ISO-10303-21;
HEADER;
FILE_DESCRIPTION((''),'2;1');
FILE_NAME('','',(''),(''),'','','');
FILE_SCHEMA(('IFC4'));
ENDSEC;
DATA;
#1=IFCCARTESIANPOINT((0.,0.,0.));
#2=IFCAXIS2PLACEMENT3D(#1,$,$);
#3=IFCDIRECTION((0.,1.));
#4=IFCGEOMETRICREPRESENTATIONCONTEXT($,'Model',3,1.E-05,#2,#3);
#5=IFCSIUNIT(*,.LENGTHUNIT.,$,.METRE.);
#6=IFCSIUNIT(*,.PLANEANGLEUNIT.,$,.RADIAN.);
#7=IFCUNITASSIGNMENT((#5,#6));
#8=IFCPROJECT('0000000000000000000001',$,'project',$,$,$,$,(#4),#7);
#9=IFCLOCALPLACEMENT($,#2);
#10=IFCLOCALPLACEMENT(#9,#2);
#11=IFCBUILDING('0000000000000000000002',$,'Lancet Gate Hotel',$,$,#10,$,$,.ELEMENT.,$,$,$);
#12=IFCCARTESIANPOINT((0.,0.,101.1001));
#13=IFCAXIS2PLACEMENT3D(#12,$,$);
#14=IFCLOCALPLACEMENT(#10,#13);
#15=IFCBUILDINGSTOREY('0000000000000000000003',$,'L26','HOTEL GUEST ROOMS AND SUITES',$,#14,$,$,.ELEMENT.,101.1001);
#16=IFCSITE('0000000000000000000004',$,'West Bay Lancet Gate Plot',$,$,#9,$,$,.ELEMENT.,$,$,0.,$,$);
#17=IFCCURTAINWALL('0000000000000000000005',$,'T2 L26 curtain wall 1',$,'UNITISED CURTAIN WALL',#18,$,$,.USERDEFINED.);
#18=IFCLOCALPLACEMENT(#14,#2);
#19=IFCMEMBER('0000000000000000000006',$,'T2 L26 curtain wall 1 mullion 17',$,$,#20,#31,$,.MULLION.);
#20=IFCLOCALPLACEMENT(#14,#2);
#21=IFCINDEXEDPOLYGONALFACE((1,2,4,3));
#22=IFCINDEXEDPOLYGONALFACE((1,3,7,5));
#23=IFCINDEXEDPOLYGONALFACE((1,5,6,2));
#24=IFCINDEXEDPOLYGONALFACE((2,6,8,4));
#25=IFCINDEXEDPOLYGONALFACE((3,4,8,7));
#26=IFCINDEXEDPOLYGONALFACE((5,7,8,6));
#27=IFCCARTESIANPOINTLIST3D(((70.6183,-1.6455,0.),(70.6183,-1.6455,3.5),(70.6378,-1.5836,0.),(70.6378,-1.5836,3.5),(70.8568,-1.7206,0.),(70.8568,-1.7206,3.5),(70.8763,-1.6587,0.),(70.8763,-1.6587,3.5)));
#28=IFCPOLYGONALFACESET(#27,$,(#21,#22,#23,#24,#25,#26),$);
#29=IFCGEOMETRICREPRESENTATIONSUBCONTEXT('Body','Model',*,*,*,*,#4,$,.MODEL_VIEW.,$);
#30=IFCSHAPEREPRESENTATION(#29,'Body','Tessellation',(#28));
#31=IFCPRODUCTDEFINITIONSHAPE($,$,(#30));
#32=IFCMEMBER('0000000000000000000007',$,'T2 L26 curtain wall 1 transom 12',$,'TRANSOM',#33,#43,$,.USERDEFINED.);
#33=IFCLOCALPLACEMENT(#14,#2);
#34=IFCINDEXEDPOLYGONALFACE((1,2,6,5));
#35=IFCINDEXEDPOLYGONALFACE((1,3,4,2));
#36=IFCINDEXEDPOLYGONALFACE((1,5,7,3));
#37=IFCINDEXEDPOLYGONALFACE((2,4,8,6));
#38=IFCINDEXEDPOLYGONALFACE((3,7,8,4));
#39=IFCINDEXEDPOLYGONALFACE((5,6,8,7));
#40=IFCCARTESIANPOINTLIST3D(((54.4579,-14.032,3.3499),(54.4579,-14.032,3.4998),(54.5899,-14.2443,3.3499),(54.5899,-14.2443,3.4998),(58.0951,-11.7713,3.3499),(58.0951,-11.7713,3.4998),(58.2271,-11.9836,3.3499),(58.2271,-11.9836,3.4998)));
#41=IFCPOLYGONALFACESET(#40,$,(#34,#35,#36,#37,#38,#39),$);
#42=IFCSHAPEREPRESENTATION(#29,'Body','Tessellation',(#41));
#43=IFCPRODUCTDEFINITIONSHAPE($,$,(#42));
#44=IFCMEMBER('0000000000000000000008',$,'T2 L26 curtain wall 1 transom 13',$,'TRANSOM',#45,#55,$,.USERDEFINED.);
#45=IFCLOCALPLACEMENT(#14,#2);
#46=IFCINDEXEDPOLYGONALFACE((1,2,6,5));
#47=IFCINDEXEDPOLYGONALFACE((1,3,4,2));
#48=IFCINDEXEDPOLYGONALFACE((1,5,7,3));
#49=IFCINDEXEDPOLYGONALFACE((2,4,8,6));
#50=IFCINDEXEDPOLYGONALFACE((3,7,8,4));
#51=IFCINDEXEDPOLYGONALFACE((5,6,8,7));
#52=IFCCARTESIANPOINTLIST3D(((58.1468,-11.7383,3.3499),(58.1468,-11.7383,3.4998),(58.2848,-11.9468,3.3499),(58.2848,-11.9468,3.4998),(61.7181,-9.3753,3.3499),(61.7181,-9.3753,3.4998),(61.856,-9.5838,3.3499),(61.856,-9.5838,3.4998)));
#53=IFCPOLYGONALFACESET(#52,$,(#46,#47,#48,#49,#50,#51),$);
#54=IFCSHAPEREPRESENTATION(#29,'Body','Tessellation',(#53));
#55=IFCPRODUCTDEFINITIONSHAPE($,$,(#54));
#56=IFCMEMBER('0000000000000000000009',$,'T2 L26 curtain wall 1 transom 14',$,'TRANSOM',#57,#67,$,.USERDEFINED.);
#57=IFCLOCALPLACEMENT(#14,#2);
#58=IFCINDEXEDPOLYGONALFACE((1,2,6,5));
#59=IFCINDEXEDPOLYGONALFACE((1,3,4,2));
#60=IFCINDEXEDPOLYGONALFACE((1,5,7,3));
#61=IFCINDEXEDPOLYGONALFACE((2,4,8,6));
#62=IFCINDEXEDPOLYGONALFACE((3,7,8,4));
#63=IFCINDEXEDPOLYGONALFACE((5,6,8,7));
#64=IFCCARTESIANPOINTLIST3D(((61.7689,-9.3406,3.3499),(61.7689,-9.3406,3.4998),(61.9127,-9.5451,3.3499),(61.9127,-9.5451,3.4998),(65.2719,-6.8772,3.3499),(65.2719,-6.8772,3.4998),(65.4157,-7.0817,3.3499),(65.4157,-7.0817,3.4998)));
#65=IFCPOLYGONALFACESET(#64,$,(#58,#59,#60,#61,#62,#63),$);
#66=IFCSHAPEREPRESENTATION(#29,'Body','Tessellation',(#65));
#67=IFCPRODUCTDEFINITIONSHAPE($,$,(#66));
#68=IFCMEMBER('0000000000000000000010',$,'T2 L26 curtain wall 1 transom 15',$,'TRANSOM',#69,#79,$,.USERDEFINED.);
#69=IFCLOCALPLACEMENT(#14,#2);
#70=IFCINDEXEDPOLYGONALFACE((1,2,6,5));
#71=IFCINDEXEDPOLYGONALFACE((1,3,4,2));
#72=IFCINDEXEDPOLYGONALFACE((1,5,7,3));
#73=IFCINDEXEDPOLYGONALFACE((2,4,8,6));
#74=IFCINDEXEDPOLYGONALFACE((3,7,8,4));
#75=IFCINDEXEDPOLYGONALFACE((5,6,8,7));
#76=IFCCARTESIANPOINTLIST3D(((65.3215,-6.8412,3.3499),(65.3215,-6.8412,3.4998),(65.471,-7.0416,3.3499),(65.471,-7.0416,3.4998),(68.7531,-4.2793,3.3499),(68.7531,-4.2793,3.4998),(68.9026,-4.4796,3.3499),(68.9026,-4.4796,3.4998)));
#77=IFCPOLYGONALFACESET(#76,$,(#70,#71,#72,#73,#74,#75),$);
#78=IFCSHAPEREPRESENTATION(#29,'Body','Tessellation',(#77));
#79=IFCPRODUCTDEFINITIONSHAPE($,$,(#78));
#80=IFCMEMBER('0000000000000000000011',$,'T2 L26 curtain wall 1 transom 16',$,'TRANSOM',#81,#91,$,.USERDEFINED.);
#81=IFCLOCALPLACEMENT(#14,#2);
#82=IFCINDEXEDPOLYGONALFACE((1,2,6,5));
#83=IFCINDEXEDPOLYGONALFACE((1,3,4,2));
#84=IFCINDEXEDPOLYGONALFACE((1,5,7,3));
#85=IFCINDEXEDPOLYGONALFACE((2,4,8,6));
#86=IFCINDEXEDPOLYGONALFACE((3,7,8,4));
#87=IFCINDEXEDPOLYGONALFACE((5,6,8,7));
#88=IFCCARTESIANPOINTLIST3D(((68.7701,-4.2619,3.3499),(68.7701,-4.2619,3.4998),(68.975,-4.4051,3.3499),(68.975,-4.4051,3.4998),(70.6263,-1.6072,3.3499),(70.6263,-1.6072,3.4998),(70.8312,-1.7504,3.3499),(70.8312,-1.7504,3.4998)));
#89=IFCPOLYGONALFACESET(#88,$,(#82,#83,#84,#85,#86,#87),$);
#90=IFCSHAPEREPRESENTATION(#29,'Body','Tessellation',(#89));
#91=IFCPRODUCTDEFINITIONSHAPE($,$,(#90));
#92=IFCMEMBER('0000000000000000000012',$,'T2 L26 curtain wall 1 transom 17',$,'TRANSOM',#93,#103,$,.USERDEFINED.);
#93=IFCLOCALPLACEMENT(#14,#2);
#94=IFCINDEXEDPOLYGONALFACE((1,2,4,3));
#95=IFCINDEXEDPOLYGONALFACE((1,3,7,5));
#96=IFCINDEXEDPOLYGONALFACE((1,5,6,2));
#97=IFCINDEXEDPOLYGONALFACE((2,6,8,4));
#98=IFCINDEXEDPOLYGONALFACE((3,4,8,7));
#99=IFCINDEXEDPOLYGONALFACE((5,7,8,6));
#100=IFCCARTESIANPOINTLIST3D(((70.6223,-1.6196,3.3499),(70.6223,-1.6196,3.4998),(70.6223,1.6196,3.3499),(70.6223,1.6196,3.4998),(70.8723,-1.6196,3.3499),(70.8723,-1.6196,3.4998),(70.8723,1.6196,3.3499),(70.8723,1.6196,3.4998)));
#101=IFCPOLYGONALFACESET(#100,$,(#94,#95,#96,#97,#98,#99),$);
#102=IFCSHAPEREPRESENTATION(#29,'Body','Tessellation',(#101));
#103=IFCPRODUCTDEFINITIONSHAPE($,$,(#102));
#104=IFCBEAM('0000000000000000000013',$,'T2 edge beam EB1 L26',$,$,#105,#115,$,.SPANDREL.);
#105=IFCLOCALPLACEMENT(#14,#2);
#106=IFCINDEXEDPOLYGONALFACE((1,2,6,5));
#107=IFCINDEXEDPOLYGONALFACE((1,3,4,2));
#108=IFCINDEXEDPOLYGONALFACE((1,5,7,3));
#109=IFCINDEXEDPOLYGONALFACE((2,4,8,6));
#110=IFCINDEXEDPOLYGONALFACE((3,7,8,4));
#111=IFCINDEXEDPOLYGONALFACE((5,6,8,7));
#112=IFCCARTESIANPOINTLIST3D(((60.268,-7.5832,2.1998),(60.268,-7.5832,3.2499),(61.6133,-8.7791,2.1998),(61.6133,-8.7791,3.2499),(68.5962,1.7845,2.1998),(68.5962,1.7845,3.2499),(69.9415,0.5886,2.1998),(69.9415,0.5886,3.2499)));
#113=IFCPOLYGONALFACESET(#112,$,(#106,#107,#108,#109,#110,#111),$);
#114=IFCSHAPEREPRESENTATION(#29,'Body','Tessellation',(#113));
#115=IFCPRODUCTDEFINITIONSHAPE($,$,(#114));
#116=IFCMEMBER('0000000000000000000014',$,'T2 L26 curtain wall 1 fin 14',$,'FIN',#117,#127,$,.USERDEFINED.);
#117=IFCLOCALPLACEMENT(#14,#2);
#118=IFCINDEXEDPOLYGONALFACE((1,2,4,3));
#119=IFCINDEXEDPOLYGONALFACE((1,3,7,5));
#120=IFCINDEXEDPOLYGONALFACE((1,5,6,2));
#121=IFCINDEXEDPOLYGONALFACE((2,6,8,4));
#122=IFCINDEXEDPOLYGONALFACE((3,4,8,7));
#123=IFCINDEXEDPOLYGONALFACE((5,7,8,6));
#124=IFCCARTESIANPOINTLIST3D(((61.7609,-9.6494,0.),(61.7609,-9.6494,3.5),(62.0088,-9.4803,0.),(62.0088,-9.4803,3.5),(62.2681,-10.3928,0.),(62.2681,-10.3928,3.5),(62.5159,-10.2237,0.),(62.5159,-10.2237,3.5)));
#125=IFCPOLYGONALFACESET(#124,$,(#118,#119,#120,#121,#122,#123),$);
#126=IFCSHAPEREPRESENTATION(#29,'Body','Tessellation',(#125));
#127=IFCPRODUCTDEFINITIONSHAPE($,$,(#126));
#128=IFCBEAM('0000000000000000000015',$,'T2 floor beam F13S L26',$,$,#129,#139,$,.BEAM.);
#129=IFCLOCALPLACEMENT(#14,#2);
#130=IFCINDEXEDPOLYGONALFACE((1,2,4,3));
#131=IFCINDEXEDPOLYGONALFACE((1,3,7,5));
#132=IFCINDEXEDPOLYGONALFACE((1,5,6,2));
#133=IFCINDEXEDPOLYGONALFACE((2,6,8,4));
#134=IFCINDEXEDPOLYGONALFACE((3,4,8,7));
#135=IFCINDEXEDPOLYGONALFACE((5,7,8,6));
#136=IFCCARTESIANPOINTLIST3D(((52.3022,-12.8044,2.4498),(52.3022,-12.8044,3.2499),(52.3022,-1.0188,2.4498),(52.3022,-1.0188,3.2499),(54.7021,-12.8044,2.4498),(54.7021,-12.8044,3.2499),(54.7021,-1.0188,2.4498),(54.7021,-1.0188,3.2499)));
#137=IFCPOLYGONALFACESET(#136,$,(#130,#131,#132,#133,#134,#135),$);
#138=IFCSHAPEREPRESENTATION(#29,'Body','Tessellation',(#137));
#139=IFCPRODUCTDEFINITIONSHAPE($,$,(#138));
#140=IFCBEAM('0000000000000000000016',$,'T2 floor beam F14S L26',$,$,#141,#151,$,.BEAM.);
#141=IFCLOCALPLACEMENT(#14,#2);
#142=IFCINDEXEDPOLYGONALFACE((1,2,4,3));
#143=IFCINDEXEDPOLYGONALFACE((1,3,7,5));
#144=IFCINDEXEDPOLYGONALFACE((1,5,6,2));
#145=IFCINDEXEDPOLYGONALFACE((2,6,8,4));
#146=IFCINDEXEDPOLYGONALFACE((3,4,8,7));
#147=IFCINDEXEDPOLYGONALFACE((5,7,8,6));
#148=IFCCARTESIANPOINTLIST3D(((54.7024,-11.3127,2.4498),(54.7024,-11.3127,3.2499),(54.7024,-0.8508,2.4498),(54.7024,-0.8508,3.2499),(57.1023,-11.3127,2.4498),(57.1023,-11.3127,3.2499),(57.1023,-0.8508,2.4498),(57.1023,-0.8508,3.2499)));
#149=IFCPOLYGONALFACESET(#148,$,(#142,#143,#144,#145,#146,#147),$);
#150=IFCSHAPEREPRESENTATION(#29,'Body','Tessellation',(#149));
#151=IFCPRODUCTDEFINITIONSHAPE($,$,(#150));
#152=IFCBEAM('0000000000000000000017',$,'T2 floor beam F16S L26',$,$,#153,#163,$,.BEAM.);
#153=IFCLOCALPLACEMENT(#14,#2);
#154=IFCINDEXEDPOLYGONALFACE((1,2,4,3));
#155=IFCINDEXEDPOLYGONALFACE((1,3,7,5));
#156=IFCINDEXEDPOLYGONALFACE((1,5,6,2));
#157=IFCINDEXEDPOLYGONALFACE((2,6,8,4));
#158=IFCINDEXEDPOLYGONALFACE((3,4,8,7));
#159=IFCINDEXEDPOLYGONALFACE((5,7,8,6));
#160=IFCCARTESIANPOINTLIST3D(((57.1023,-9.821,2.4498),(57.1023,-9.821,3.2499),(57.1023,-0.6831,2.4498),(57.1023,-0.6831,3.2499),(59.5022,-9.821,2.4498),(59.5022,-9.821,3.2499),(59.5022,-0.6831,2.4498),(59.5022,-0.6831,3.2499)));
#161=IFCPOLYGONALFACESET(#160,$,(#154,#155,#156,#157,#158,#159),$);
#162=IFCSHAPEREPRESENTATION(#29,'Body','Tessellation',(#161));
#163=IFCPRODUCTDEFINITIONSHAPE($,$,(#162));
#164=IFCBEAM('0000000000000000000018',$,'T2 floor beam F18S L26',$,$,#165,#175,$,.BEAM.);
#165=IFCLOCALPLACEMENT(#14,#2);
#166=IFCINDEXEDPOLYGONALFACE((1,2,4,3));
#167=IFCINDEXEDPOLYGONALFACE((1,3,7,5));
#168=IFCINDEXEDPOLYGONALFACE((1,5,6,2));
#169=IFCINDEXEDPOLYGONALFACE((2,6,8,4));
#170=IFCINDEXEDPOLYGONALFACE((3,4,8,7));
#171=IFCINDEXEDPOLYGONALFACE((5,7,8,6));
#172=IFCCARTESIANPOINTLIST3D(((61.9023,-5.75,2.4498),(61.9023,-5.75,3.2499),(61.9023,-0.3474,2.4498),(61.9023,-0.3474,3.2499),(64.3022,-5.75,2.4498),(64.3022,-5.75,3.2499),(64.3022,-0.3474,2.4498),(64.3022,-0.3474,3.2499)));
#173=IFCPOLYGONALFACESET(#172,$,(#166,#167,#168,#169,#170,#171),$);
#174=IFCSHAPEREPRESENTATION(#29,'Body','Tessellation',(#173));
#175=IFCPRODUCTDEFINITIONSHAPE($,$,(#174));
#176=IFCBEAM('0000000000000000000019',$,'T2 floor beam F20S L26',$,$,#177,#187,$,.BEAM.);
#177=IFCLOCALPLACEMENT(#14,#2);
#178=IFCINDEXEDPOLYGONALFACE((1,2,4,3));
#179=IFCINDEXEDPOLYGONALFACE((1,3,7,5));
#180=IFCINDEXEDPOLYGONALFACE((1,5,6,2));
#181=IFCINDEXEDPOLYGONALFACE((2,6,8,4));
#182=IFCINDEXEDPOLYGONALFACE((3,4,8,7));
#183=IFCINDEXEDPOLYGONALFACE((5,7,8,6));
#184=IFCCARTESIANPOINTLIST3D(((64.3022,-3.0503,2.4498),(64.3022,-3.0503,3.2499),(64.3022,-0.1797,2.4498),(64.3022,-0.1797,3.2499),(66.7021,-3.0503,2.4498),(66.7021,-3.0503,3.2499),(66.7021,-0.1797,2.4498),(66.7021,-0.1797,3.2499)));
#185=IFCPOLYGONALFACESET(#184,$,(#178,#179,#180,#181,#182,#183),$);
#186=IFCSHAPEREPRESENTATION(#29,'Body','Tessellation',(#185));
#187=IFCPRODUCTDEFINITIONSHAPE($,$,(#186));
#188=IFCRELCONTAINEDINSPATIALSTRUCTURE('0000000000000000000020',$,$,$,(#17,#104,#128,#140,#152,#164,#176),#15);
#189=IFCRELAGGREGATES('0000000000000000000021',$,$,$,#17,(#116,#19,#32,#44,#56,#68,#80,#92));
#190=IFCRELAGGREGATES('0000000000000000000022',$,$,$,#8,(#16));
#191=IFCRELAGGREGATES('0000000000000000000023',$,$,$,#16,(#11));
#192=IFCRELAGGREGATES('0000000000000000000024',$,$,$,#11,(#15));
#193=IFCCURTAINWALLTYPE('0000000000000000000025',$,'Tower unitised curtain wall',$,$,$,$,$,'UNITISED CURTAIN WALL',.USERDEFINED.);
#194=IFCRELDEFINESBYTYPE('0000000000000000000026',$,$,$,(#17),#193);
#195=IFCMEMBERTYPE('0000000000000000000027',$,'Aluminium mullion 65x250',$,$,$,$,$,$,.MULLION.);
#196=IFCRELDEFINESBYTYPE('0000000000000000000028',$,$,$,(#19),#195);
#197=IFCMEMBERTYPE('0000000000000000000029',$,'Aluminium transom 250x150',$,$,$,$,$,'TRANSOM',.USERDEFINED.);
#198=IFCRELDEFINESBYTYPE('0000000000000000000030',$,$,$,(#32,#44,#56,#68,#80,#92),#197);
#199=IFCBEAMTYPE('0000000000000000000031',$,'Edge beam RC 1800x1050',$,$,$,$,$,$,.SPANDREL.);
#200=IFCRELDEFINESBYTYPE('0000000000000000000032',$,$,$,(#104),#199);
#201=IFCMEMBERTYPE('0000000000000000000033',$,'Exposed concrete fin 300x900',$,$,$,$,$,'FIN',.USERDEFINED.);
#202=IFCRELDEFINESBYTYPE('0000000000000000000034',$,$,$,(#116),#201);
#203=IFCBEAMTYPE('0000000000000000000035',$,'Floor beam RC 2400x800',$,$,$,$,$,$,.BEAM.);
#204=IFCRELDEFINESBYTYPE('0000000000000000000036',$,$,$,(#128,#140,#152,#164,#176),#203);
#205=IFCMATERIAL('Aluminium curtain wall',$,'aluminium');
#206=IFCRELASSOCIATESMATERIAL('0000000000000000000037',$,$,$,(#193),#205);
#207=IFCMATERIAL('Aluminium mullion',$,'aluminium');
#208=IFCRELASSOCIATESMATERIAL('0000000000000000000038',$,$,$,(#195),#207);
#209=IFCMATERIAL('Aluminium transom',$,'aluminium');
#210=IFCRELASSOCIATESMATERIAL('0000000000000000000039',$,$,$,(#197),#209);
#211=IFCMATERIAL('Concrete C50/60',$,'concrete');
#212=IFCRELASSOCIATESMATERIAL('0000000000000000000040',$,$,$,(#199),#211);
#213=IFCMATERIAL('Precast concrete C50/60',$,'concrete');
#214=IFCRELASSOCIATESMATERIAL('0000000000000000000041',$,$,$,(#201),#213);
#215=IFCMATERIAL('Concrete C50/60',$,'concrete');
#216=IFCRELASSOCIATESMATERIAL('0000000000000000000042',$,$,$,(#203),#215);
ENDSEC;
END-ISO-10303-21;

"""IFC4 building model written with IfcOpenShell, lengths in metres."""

from ifc_helpers import new_model, si_unit, direction, frame, origin, origin_2d, place, context, subcontext, project, spatial, rectangle, extrude, material, material_profile, profile_set, type_object, element, aggregate, save


model = new_model("IFC4")

# Units and contexts
model_context = context("Model", 3, precision=1e-05, world=origin(), true_north=direction((0.0, 1.0)))
body_context = subcontext(model_context, "Body", "Model", "MODEL_VIEW")
ifc_project = project(units=[si_unit("LENGTHUNIT", "METRE"), si_unit("PLANEANGLEUNIT", "RADIAN")], contexts=[model_context])

# Site, building, storey
site_placement = place(None, origin())
site = spatial("IfcSite", under=ifc_project, at=site_placement, Name="West Bay Lancet Gate Plot", CompositionType="ELEMENT", RefElevation=0.0)
building_placement = place(site_placement, origin())
building = spatial("IfcBuilding", under=site, at=building_placement, Name="Lancet Gate Hotel", CompositionType="ELEMENT")
storey_placement = place(building_placement, frame((0.0, 0.0, 101.1001)))
storey = spatial("IfcBuildingStorey", under=building, at=storey_placement, Name="L26", Description="HOTEL GUEST ROOMS AND SUITES", CompositionType="ELEMENT", Elevation=101.1001)

# Curtain wall, members
ifc_material_1 = material(Name="Aluminium curtain wall", Category="aluminium")
curtain_wall_type = type_object("IfcCurtainWallType", Name="Tower unitised curtain wall", ElementType="UNITISED CURTAIN WALL", PredefinedType="USERDEFINED", material=ifc_material_1)
curtain_wall_placement = place(storey_placement, origin())
curtain_wall = element("IfcCurtainWall", 1, at=curtain_wall_placement, inside=storey, type_object=curtain_wall_type, Name="T2 L26 curtain wall 1", ObjectType="UNITISED CURTAIN WALL", PredefinedType="USERDEFINED")
ifc_material_2 = material(Name="Aluminium mullion", Category="aluminium")
ifc_material_profile_1 = material_profile(ifc_material_2, rectangle(XDim=0.0649, YDim=0.25, at=origin_2d()), Name="MULLION 65x250")
ifc_profile_set_1 = profile_set([ifc_material_profile_1], Name="Aluminium mullion")
member_type_1 = type_object("IfcMemberType", Name="Aluminium mullion 65x250", PredefinedType="MULLION", material=ifc_profile_set_1)
member_1_placement = place(storey_placement, frame((70.7473, -1.6521, 0.0), z_axis=(0.0, 0.0, 1.0), x_axis=(0.300385, 0.953818, 0.0)))
member_1 = element("IfcMember", 2, at=member_1_placement, type_object=member_type_1, Name="T2 L26 curtain wall 1 mullion 17", PredefinedType="MULLION", context=body_context, shape_type="SweptSolid", body=[
    extrude(rectangle(XDim=0.0649, YDim=0.25, at=origin_2d()), origin(), (0.0, 0.0, 1.0), 3.5),
])
ifc_material_3 = material(Name="Aluminium transom", Category="aluminium")
ifc_material_profile_2 = material_profile(ifc_material_3, rectangle(XDim=0.25, YDim=0.1499, at=origin_2d()), Name="TRANSOM 250x150")
ifc_profile_set_2 = profile_set([ifc_material_profile_2], Name="Aluminium transom")
member_type_2 = type_object("IfcMemberType", Name="Aluminium transom 250x150", ElementType="TRANSOM", PredefinedType="USERDEFINED", material=ifc_profile_set_2)
member_2_placement = place(storey_placement, frame((54.5239, -14.1382, 3.4248), z_axis=(0.849309, 0.527896, 0.0), x_axis=(-0.527896, 0.849309, 0.0)))
member_2 = element("IfcMember", 3, at=member_2_placement, type_object=member_type_2, Name="T2 L26 curtain wall 1 transom 12", ObjectType="TRANSOM", PredefinedType="USERDEFINED", context=body_context, shape_type="SweptSolid", body=[
    extrude(rectangle(XDim=0.25, YDim=0.1499, at=origin_2d()), origin(), (0.0, 0.0, 1.0), 4.2825),
])
member_3_placement = place(storey_placement, frame((58.2158, -11.8425, 3.4248), z_axis=(0.833966, 0.551816, 0.0), x_axis=(-0.551816, 0.833966, 0.0)))
member_3 = element("IfcMember", 4, at=member_3_placement, type_object=member_type_2, Name="T2 L26 curtain wall 1 transom 13", ObjectType="TRANSOM", PredefinedType="USERDEFINED", context=body_context, shape_type="SweptSolid", body=[
    extrude(rectangle(XDim=0.25, YDim=0.1499, at=origin_2d()), origin(), (0.0, 0.0, 1.0), 4.2822),
])
member_4_placement = place(storey_placement, frame((61.8408, -9.4429, 3.4248), z_axis=(0.817987, 0.575236, 0.0), x_axis=(-0.575236, 0.817987, 0.0)))
member_4 = element("IfcMember", 5, at=member_4_placement, type_object=member_type_2, Name="T2 L26 curtain wall 1 transom 14", ObjectType="TRANSOM", PredefinedType="USERDEFINED", context=body_context, shape_type="SweptSolid", body=[
    extrude(rectangle(XDim=0.25, YDim=0.1499, at=origin_2d()), origin(), (0.0, 0.0, 1.0), 4.2825),
])
member_5_placement = place(storey_placement, frame((65.3962, -6.9414, 3.4248), z_axis=(0.801312, 0.598247, 0.0), x_axis=(-0.598247, 0.801312, 0.0)))
member_5 = element("IfcMember", 6, at=member_5_placement, type_object=member_type_2, Name="T2 L26 curtain wall 1 transom 15", ObjectType="TRANSOM", PredefinedType="USERDEFINED", context=body_context, shape_type="SweptSolid", body=[
    extrude(rectangle(XDim=0.25, YDim=0.1499, at=origin_2d()), origin(), (0.0, 0.0, 1.0), 4.2825),
])
member_6_placement = place(storey_placement, frame((68.8726, -4.3335, 3.4248), z_axis=(0.573017, 0.819543, 0.0), x_axis=(-0.819543, 0.573017, 0.0)))
member_6 = element("IfcMember", 7, at=member_6_placement, type_object=member_type_2, Name="T2 L26 curtain wall 1 transom 16", ObjectType="TRANSOM", PredefinedType="USERDEFINED", context=body_context, shape_type="SweptSolid", body=[
    extrude(rectangle(XDim=0.25, YDim=0.1499, at=origin_2d()), origin(), (0.0, 0.0, 1.0), 3.2393),
])
member_7_placement = place(storey_placement, frame((70.7473, -1.6196, 3.4248), z_axis=(0.0, 1.0, 0.0), x_axis=(-1.0, 0.0, 0.0)))
member_7 = element("IfcMember", 8, at=member_7_placement, type_object=member_type_2, Name="T2 L26 curtain wall 1 transom 17", ObjectType="TRANSOM", PredefinedType="USERDEFINED", context=body_context, shape_type="SweptSolid", body=[
    extrude(rectangle(XDim=0.25, YDim=0.1499, at=origin_2d()), origin(), (0.0, 0.0, 1.0), 3.2393),
])

# Beam
ifc_material_4 = material(Name="Concrete C50/60", Category="concrete")
ifc_material_profile_3 = material_profile(ifc_material_4, rectangle(XDim=1.8, YDim=1.05, at=origin_2d()), Name="RC 1800x1050")
ifc_profile_set_3 = profile_set([ifc_material_profile_3], Name="Concrete C50/60")
beam_type_1 = type_object("IfcBeamType", Name="Edge beam RC 1800x1050", PredefinedType="SPANDREL", material=ifc_profile_set_3)
beam_1_placement = place(storey_placement, frame((60.9407, -8.1812, 2.7249), z_axis=(0.664422, 0.747358, 0.0), x_axis=(-0.747358, 0.664422, 0.0)))
element("IfcBeam", 9, at=beam_1_placement, inside=storey, type_object=beam_type_1, Name="T2 edge beam EB1 L26", PredefinedType="SPANDREL", context=body_context, shape_type="SweptSolid", body=[
    extrude(rectangle(XDim=1.8, YDim=1.05, at=origin_2d()), origin(), (0.0, 0.0, 1.0), 12.5344),
])

# Member
ifc_material_5 = material(Name="Precast concrete C50/60", Category="concrete")
ifc_material_profile_4 = material_profile(ifc_material_5, rectangle(XDim=0.3, YDim=0.8999, at=origin_2d()), Name="FIN 300x900")
ifc_profile_set_4 = profile_set([ifc_material_profile_4], Name="Precast concrete C50/60")
member_type_3 = type_object("IfcMemberType", Name="Exposed concrete fin 300x900", ElementType="FIN", PredefinedType="USERDEFINED", material=ifc_profile_set_4)
member_8_placement = place(storey_placement, frame((62.1384, -9.9365, 0.0), z_axis=(0.0, 0.0, 1.0), x_axis=(0.826066, 0.563574, 0.0)))
member_8 = element("IfcMember", 10, at=member_8_placement, type_object=member_type_3, Name="T2 L26 curtain wall 1 fin 14", ObjectType="FIN", PredefinedType="USERDEFINED", context=body_context, shape_type="SweptSolid", body=[
    extrude(rectangle(XDim=0.3, YDim=0.8999, at=origin_2d()), origin(), (0.0, 0.0, 1.0), 3.5),
])

# Beams
ifc_material_6 = material(Name="Concrete C50/60", Category="concrete")
ifc_material_profile_5 = material_profile(ifc_material_6, rectangle(XDim=2.3999, YDim=0.8, at=origin_2d()), Name="RC 2400x800")
ifc_profile_set_5 = profile_set([ifc_material_profile_5], Name="Concrete C50/60")
beam_type_2 = type_object("IfcBeamType", Name="Floor beam RC 2400x800", PredefinedType="BEAM", material=ifc_profile_set_5)
beam_2_placement = place(storey_placement, frame((53.5022, -12.8044, 2.8499), z_axis=(0.0, 1.0, 0.0), x_axis=(-1.0, 0.0, 0.0)))
element("IfcBeam", 11, at=beam_2_placement, inside=storey, type_object=beam_type_2, Name="T2 floor beam F13S L26", PredefinedType="BEAM", context=body_context, shape_type="SweptSolid", body=[
    extrude(rectangle(XDim=2.3999, YDim=0.8, at=origin_2d()), origin(), (0.0, 0.0, 1.0), 11.7856),
])
beam_3_placement = place(storey_placement, frame((55.9023, -11.3127, 2.8499), z_axis=(0.0, 1.0, 0.0), x_axis=(-1.0, 0.0, 0.0)))
element("IfcBeam", 12, at=beam_3_placement, inside=storey, type_object=beam_type_2, Name="T2 floor beam F14S L26", PredefinedType="BEAM", context=body_context, shape_type="SweptSolid", body=[
    extrude(rectangle(XDim=2.3999, YDim=0.8, at=origin_2d()), origin(), (0.0, 0.0, 1.0), 10.4619),
])
beam_4_placement = place(storey_placement, frame((58.3022, -9.821, 2.8499), z_axis=(0.0, 1.0, 0.0), x_axis=(-1.0, 0.0, 0.0)))
element("IfcBeam", 13, at=beam_4_placement, inside=storey, type_object=beam_type_2, Name="T2 floor beam F16S L26", PredefinedType="BEAM", context=body_context, shape_type="SweptSolid", body=[
    extrude(rectangle(XDim=2.3999, YDim=0.8, at=origin_2d()), origin(), (0.0, 0.0, 1.0), 9.1379),
])
beam_5_placement = place(storey_placement, frame((63.1023, -5.75, 2.8499), z_axis=(0.0, 1.0, 0.0), x_axis=(-1.0, 0.0, 0.0)))
element("IfcBeam", 14, at=beam_5_placement, inside=storey, type_object=beam_type_2, Name="T2 floor beam F18S L26", PredefinedType="BEAM", context=body_context, shape_type="SweptSolid", body=[
    extrude(rectangle(XDim=2.3999, YDim=0.8, at=origin_2d()), origin(), (0.0, 0.0, 1.0), 5.4026),
])
beam_6_placement = place(storey_placement, frame((65.5022, -3.0503, 2.8499), z_axis=(0.0, 1.0, 0.0), x_axis=(-1.0, 0.0, 0.0)))
element("IfcBeam", 15, at=beam_6_placement, inside=storey, type_object=beam_type_2, Name="T2 floor beam F20S L26", PredefinedType="BEAM", context=body_context, shape_type="SweptSolid", body=[
    extrude(rectangle(XDim=2.3999, YDim=0.8, at=origin_2d()), origin(), (0.0, 0.0, 1.0), 2.8706),
])

aggregate(curtain_wall, [member_8, member_1, member_2, member_3, member_4, member_5, member_6, member_7])

save(model, "model.ifc")
